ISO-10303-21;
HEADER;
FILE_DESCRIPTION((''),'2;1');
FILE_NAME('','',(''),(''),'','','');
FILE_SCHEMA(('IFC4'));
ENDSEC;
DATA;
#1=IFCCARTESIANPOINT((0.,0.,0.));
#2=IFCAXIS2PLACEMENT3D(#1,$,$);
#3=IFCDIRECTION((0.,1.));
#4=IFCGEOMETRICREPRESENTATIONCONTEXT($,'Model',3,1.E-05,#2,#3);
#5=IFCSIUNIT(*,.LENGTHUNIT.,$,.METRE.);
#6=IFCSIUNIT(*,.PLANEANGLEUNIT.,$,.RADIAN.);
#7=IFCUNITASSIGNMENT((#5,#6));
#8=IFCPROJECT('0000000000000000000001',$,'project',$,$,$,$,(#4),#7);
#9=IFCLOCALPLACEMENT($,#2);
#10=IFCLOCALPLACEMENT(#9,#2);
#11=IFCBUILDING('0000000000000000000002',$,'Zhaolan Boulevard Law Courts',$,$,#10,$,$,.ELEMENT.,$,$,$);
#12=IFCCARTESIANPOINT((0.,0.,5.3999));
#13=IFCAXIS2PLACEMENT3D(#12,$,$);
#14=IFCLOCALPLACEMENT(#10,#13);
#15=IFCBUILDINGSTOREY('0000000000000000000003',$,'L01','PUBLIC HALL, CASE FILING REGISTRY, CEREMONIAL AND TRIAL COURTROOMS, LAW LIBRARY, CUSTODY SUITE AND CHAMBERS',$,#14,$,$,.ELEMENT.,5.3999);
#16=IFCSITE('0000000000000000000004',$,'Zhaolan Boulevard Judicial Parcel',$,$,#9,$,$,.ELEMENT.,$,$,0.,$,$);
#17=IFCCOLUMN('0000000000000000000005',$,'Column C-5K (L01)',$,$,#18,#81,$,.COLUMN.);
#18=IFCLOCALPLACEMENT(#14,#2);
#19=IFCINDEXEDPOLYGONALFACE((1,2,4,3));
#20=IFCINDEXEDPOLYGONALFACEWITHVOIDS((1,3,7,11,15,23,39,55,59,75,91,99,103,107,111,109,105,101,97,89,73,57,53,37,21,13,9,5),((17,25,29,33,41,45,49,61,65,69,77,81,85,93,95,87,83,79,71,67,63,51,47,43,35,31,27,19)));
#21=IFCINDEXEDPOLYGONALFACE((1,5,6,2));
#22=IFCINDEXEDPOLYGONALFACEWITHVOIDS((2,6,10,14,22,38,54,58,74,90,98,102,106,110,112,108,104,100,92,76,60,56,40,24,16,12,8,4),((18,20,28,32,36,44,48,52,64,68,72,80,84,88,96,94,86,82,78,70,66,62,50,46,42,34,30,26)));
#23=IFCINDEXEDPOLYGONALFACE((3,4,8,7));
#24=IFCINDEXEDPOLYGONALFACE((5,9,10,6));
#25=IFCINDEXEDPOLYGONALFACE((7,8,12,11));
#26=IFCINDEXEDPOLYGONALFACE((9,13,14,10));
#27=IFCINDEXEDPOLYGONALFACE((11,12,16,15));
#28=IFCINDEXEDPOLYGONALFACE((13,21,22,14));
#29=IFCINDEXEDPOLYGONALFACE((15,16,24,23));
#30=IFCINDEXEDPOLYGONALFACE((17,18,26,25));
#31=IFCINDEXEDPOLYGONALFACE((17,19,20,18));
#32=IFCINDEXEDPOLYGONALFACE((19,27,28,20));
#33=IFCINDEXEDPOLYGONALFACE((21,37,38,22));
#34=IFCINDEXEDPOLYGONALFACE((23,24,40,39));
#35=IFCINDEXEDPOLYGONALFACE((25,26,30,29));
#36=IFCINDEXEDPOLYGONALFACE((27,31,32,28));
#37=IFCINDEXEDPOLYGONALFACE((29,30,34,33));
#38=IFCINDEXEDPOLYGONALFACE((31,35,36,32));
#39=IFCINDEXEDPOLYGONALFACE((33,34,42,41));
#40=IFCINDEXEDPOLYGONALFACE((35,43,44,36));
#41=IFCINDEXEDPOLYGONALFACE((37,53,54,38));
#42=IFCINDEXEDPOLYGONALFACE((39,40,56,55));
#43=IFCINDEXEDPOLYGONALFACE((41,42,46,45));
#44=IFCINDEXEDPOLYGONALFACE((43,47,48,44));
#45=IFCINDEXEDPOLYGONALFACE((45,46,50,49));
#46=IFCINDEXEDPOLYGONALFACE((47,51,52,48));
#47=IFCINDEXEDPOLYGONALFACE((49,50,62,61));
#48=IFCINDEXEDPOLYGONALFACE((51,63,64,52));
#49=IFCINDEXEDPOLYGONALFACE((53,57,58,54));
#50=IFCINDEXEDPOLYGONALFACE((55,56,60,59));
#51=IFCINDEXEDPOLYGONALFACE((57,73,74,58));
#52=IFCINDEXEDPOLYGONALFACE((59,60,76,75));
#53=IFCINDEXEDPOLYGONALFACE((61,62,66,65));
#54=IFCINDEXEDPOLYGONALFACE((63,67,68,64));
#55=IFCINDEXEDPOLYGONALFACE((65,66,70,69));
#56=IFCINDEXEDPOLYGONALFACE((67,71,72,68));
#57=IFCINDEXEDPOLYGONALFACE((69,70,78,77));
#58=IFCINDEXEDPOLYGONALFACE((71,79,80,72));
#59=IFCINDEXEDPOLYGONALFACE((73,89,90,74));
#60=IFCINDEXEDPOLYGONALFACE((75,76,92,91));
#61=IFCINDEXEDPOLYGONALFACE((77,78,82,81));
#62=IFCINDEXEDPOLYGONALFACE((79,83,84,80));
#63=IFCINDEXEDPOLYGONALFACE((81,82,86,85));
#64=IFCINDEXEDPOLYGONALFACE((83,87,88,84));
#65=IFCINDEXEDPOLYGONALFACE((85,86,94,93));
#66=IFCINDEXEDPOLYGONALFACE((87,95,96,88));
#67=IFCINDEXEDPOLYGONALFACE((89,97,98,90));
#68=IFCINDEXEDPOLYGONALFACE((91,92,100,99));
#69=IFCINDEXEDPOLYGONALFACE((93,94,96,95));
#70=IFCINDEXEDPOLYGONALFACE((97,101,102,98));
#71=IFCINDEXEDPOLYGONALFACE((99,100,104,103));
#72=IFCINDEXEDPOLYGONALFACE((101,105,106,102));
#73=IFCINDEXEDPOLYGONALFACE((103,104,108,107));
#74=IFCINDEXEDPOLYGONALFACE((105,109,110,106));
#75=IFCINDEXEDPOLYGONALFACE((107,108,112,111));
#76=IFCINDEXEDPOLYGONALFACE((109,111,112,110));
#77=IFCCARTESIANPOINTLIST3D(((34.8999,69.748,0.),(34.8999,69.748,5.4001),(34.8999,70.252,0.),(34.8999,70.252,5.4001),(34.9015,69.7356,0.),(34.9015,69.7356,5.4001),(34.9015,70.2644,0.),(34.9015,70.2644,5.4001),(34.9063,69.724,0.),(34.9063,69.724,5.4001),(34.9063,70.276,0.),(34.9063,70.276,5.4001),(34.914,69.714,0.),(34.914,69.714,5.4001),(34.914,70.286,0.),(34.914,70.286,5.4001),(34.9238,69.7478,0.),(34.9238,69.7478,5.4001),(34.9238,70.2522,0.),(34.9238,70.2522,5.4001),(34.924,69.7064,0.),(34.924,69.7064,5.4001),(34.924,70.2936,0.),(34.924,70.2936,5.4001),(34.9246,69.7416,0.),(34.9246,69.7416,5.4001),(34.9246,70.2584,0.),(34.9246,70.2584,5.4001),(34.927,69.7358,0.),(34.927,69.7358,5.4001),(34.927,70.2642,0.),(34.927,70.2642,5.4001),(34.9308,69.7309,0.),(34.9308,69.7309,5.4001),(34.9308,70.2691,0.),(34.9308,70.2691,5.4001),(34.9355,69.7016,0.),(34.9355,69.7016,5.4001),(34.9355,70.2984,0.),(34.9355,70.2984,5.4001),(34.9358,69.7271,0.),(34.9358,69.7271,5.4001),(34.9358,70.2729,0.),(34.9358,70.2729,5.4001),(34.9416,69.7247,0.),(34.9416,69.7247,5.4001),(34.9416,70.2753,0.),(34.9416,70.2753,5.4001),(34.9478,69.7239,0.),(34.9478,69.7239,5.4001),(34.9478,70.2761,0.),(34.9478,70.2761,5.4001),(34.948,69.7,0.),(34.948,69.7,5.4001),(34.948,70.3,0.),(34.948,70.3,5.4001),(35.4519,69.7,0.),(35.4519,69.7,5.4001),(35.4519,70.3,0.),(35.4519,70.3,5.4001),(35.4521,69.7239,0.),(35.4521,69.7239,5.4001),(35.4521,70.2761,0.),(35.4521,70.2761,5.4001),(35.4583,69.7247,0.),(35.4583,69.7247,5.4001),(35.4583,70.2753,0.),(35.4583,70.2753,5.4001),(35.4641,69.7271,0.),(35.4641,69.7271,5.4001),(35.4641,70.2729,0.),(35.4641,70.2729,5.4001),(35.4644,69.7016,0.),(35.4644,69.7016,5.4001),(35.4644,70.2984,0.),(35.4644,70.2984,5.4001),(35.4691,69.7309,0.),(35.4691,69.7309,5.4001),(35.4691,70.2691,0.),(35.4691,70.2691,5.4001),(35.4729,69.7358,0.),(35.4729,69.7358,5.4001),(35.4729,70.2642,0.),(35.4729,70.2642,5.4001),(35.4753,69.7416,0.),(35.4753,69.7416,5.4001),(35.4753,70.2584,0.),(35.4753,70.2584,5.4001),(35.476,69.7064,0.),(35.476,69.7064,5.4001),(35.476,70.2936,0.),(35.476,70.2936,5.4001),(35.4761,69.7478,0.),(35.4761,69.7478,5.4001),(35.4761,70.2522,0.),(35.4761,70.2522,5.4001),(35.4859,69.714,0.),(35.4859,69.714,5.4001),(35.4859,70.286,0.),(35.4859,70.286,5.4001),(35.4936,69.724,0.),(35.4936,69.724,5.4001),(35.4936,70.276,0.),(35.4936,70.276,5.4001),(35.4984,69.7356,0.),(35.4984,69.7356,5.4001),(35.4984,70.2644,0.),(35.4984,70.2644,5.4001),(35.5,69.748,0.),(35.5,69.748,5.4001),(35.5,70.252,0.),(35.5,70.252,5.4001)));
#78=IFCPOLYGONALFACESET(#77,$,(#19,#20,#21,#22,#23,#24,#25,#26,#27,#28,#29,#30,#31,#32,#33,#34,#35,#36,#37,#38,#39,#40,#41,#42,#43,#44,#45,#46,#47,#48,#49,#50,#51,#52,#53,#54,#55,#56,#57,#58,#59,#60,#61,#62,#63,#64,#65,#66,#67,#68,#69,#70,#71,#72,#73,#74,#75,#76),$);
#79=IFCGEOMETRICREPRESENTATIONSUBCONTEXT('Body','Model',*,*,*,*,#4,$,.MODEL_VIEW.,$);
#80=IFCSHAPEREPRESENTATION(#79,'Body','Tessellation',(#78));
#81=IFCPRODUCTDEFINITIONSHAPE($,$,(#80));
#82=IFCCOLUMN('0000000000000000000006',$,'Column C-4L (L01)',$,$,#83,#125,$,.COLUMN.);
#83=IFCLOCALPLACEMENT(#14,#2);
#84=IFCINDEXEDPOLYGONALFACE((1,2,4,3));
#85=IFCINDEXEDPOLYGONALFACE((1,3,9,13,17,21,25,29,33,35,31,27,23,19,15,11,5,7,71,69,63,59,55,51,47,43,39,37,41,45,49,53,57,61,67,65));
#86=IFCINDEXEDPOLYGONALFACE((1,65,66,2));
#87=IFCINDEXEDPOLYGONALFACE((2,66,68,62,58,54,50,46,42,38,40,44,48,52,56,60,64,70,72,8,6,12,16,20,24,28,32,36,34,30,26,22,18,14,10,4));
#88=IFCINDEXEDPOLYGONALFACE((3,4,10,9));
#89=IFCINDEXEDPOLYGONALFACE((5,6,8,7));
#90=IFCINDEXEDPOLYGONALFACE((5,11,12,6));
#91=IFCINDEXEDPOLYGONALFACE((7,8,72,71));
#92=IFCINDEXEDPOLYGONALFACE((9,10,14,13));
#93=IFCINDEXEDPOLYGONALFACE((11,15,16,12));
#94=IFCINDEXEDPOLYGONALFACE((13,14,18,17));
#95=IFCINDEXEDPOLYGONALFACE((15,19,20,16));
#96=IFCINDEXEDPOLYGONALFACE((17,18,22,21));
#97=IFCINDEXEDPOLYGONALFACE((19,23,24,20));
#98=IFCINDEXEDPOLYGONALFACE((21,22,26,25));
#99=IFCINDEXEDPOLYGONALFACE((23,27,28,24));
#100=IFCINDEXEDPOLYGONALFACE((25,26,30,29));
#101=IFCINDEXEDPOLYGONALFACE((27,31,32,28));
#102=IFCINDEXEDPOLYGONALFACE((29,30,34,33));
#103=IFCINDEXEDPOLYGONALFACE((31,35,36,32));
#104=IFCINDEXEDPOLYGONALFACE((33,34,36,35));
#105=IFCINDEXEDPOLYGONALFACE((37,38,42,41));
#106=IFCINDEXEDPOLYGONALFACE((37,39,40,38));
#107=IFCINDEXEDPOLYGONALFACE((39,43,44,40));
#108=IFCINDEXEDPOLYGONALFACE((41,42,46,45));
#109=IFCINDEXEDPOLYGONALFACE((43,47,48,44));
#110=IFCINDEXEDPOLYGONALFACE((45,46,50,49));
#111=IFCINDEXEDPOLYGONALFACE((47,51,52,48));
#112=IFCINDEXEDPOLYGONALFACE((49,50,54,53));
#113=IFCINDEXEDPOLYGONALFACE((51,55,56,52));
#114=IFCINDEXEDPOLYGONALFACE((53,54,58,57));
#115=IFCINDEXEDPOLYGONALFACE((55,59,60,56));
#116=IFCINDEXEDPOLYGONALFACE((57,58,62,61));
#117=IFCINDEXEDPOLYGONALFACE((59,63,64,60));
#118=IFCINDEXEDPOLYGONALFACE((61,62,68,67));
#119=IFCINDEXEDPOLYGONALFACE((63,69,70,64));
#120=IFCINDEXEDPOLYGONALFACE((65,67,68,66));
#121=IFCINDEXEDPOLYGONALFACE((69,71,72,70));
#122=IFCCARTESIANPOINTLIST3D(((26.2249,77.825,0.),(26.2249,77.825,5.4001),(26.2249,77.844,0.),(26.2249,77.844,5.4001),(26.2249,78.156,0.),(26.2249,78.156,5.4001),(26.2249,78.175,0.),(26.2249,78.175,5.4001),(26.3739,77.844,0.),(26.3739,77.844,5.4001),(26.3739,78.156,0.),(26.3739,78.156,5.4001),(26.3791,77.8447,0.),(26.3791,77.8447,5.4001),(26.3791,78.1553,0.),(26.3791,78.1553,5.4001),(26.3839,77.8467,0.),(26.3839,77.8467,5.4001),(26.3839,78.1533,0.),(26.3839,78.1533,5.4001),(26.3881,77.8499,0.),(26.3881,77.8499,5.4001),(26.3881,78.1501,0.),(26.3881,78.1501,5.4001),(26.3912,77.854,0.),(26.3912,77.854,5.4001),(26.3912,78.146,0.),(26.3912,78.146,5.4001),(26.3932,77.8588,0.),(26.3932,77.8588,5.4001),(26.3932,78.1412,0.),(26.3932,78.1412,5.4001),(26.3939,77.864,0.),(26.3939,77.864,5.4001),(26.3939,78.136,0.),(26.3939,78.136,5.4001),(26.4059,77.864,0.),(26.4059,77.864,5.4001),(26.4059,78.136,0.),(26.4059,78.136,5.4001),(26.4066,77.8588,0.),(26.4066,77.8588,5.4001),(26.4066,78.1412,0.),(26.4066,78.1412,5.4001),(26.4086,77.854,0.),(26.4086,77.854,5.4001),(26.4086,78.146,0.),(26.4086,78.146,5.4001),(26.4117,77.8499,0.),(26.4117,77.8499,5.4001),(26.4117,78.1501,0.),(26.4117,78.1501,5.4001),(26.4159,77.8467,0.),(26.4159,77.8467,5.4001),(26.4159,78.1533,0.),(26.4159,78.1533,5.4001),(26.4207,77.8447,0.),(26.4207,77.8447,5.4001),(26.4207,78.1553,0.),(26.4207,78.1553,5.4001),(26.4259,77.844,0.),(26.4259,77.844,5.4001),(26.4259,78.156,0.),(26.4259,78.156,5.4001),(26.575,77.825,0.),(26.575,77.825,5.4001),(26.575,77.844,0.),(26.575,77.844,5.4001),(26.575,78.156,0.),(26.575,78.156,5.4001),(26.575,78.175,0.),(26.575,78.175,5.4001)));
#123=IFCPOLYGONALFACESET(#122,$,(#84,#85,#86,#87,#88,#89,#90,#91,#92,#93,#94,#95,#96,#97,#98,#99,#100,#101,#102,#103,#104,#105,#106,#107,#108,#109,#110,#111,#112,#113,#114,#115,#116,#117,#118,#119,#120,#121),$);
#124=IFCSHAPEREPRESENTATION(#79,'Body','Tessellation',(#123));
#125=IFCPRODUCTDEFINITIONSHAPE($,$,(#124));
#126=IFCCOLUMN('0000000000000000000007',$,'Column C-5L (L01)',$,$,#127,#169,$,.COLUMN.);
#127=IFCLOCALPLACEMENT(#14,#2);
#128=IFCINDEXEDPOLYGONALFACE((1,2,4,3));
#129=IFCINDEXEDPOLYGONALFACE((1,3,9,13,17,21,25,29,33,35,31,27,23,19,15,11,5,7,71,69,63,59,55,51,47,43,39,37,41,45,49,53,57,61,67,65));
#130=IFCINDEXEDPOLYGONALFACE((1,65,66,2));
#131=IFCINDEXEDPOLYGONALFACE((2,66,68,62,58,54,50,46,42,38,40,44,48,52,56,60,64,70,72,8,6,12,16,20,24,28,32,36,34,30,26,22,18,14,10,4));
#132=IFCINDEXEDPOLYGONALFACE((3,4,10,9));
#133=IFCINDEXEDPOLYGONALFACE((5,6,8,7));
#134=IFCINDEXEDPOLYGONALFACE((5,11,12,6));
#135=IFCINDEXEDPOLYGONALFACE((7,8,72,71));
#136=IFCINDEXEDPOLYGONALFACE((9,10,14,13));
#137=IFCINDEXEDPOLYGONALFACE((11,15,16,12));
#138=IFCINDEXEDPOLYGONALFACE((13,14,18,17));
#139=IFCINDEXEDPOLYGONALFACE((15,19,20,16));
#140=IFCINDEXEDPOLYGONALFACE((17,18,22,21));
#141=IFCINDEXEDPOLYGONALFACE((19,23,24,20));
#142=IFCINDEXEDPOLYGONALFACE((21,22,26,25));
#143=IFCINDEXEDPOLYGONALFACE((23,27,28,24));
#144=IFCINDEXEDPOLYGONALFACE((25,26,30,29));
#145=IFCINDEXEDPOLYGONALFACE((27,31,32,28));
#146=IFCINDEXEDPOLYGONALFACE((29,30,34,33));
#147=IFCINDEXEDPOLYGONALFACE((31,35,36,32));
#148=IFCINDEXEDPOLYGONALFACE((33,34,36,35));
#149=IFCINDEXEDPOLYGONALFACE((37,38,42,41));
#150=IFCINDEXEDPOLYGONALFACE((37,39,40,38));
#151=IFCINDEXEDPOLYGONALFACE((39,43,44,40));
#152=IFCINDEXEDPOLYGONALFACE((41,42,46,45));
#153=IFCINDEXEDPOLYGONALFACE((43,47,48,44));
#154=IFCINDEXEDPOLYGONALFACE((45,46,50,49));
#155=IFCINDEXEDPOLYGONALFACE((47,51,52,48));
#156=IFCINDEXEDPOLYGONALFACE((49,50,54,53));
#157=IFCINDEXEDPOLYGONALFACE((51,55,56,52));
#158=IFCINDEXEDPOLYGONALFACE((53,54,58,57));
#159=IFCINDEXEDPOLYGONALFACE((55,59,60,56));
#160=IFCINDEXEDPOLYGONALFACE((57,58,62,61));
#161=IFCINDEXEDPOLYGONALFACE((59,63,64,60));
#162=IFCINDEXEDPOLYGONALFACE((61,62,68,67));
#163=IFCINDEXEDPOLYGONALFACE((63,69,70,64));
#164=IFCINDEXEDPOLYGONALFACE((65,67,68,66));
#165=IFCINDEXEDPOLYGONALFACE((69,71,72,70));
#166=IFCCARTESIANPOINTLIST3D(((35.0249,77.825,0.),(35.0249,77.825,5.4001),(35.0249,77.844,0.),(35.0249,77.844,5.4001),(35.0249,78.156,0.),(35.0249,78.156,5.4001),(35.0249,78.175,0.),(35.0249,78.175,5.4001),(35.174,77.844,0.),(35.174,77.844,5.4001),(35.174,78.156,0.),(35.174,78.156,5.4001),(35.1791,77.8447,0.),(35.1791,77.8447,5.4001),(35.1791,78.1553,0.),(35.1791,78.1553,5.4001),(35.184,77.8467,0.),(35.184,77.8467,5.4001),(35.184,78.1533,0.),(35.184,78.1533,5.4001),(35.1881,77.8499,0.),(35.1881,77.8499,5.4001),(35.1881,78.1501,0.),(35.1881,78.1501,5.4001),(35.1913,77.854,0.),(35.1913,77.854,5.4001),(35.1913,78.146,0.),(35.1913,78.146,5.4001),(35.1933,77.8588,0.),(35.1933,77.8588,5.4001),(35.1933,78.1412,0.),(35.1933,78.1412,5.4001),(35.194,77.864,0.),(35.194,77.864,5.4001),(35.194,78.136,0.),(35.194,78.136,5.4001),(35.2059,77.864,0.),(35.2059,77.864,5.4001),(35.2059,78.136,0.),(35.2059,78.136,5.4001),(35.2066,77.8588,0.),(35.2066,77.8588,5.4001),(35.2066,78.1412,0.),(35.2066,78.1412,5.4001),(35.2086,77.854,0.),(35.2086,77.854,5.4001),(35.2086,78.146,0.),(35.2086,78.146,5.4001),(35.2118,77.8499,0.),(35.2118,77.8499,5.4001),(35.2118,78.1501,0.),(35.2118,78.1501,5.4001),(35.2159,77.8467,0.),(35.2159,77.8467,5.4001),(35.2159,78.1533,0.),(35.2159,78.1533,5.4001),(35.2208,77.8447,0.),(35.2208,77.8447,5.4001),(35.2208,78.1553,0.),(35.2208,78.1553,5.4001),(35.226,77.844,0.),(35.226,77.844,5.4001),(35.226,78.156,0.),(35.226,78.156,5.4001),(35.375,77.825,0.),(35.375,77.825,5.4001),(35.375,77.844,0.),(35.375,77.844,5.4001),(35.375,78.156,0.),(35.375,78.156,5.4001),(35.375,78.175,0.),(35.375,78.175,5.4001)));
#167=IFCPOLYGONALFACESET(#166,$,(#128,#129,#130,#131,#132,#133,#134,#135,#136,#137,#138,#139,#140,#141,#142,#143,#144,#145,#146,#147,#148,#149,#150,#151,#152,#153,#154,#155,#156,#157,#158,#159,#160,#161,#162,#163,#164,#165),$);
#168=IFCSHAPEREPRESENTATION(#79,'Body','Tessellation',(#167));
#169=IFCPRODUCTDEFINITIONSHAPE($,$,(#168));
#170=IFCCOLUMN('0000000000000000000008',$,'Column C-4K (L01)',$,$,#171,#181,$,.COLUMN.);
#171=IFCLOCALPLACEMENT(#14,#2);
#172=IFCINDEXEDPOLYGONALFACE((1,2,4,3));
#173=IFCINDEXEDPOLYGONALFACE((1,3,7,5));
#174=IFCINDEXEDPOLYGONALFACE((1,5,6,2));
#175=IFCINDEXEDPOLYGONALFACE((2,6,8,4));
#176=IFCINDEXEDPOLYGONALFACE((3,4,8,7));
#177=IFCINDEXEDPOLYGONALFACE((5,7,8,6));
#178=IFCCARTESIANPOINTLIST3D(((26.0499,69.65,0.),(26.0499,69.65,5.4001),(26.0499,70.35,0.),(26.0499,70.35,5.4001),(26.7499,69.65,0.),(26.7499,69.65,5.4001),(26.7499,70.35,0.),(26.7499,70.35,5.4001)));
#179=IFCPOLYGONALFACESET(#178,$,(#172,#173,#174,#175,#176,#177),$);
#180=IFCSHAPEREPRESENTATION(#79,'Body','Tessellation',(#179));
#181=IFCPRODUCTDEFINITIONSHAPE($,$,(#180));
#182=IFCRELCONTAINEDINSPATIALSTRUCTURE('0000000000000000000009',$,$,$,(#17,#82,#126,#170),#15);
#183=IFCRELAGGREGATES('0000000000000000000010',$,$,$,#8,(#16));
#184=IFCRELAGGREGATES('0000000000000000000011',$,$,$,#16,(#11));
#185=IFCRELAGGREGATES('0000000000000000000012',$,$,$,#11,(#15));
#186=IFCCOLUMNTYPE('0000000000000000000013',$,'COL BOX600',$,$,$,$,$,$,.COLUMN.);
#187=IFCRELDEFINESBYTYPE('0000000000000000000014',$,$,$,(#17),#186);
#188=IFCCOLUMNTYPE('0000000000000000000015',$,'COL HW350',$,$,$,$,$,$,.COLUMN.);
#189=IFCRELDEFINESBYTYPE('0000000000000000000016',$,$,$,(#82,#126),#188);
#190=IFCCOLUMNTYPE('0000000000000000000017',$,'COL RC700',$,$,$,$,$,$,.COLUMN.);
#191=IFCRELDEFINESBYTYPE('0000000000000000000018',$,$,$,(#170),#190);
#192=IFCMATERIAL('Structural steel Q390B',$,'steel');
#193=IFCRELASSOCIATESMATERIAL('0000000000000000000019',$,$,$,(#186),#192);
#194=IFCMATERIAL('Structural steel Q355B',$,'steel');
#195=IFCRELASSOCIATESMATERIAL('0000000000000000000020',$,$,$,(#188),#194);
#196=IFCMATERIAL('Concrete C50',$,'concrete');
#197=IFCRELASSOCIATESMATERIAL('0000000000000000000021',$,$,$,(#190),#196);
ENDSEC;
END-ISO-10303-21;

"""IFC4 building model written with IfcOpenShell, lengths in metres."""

from ifc_helpers import new_model, si_unit, direction, frame, origin, origin_2d, place, context, subcontext, project, spatial, rectangle, hollow_rectangle, i_section, extrude, material, material_profile, profile_set, type_object, element, save


model = new_model("IFC4")

# Units and contexts
model_context = context("Model", 3, precision=1e-05, world=origin(), true_north=direction((0.0, 1.0)))
body_context = subcontext(model_context, "Body", "Model", "MODEL_VIEW")
ifc_project = project(units=[si_unit("LENGTHUNIT", "METRE"), si_unit("PLANEANGLEUNIT", "RADIAN")], contexts=[model_context])

# Site, building, storey
site_placement = place(None, origin())
site = spatial("IfcSite", under=ifc_project, at=site_placement, Name="Zhaolan Boulevard Judicial Parcel", CompositionType="ELEMENT", RefElevation=0.0)
building_placement = place(site_placement, origin())
building = spatial("IfcBuilding", under=site, at=building_placement, Name="Zhaolan Boulevard Law Courts", CompositionType="ELEMENT")
storey_placement = place(building_placement, frame((0.0, 0.0, 5.3999)))
storey = spatial("IfcBuildingStorey", under=building, at=storey_placement, Name="L01", Description="PUBLIC HALL, CASE FILING REGISTRY, CEREMONIAL AND TRIAL COURTROOMS, LAW LIBRARY, CUSTODY SUITE AND CHAMBERS", CompositionType="ELEMENT", Elevation=5.3999)

# Columns
ifc_material_1 = material(Name="Structural steel Q390B", Category="steel")
ifc_material_profile_1 = material_profile(ifc_material_1, hollow_rectangle(XDim=0.6001, YDim=0.6001, WallThickness=0.0239, InnerFilletRadius=0.0239, OuterFilletRadius=0.0481, at=origin_2d()), Name="BOX600x600x24")
ifc_profile_set_1 = profile_set([ifc_material_profile_1], Name="Structural steel Q390B")
column_type_1 = type_object("IfcColumnType", Name="COL BOX600", PredefinedType="COLUMN", material=ifc_profile_set_1)
column_1_placement = place(storey_placement, frame((35.2, 70.0, 0.0), z_axis=(0.0, 0.0, 1.0), x_axis=(1.0, 0.0, 0.0)))
element("IfcColumn", 1, at=column_1_placement, inside=storey, type_object=column_type_1, Name="Column C-5K (L01)", PredefinedType="COLUMN", context=body_context, shape_type="SweptSolid", body=[
    extrude(hollow_rectangle(XDim=0.6001, YDim=0.6001, WallThickness=0.0239, InnerFilletRadius=0.0239, OuterFilletRadius=0.0481, at=origin_2d()), origin(), (0.0, 0.0, 1.0), 5.4001),
])
ifc_material_2 = material(Name="Structural steel Q355B", Category="steel")
ifc_material_profile_2 = material_profile(ifc_material_2, i_section(OverallWidth=0.3501, OverallDepth=0.3501, WebThickness=0.012, FlangeThickness=0.019, FilletRadius=0.02, at=origin_2d()), Name="HW350x350")
ifc_profile_set_2 = profile_set([ifc_material_profile_2], Name="Structural steel Q355B")
column_type_2 = type_object("IfcColumnType", Name="COL HW350", PredefinedType="COLUMN", material=ifc_profile_set_2)
for number, where, z_axis, x_axis, name in (
    (2, (26.3999, 78.0, 0.0), (0.0, 0.0, 1.0), (1.0, 0.0, 0.0), "Column C-4L (L01)"),
    (3, (35.2, 78.0, 0.0), (0.0, 0.0, 1.0), (1.0, 0.0, 0.0), "Column C-5L (L01)"),
):
    element("IfcColumn", number, at=place(storey_placement, frame(where, z_axis=z_axis, x_axis=x_axis)), inside=storey, type_object=column_type_2, Name=name, PredefinedType="COLUMN", context=body_context, shape_type="SweptSolid", body=[
        extrude(i_section(OverallWidth=0.3501, OverallDepth=0.3501, WebThickness=0.012, FlangeThickness=0.019, FilletRadius=0.02, at=origin_2d()), origin(), (0.0, 0.0, 1.0), 5.4001),
    ])
ifc_material_3 = material(Name="Concrete C50", Category="concrete")
ifc_material_profile_3 = material_profile(ifc_material_3, rectangle(XDim=0.7, YDim=0.7, at=origin_2d()), Name="RC700x700")
ifc_profile_set_3 = profile_set([ifc_material_profile_3], Name="Concrete C50")
column_type_3 = type_object("IfcColumnType", Name="COL RC700", PredefinedType="COLUMN", material=ifc_profile_set_3)
column_2_placement = place(storey_placement, frame((26.3999, 70.0, 0.0), z_axis=(0.0, 0.0, 1.0), x_axis=(1.0, 0.0, 0.0)))
element("IfcColumn", 4, at=column_2_placement, inside=storey, type_object=column_type_3, Name="Column C-4K (L01)", PredefinedType="COLUMN", context=body_context, shape_type="SweptSolid", body=[
    extrude(rectangle(XDim=0.7, YDim=0.7, at=origin_2d()), origin(), (0.0, 0.0, 1.0), 5.4001),
])

save(model, "model.ifc")
